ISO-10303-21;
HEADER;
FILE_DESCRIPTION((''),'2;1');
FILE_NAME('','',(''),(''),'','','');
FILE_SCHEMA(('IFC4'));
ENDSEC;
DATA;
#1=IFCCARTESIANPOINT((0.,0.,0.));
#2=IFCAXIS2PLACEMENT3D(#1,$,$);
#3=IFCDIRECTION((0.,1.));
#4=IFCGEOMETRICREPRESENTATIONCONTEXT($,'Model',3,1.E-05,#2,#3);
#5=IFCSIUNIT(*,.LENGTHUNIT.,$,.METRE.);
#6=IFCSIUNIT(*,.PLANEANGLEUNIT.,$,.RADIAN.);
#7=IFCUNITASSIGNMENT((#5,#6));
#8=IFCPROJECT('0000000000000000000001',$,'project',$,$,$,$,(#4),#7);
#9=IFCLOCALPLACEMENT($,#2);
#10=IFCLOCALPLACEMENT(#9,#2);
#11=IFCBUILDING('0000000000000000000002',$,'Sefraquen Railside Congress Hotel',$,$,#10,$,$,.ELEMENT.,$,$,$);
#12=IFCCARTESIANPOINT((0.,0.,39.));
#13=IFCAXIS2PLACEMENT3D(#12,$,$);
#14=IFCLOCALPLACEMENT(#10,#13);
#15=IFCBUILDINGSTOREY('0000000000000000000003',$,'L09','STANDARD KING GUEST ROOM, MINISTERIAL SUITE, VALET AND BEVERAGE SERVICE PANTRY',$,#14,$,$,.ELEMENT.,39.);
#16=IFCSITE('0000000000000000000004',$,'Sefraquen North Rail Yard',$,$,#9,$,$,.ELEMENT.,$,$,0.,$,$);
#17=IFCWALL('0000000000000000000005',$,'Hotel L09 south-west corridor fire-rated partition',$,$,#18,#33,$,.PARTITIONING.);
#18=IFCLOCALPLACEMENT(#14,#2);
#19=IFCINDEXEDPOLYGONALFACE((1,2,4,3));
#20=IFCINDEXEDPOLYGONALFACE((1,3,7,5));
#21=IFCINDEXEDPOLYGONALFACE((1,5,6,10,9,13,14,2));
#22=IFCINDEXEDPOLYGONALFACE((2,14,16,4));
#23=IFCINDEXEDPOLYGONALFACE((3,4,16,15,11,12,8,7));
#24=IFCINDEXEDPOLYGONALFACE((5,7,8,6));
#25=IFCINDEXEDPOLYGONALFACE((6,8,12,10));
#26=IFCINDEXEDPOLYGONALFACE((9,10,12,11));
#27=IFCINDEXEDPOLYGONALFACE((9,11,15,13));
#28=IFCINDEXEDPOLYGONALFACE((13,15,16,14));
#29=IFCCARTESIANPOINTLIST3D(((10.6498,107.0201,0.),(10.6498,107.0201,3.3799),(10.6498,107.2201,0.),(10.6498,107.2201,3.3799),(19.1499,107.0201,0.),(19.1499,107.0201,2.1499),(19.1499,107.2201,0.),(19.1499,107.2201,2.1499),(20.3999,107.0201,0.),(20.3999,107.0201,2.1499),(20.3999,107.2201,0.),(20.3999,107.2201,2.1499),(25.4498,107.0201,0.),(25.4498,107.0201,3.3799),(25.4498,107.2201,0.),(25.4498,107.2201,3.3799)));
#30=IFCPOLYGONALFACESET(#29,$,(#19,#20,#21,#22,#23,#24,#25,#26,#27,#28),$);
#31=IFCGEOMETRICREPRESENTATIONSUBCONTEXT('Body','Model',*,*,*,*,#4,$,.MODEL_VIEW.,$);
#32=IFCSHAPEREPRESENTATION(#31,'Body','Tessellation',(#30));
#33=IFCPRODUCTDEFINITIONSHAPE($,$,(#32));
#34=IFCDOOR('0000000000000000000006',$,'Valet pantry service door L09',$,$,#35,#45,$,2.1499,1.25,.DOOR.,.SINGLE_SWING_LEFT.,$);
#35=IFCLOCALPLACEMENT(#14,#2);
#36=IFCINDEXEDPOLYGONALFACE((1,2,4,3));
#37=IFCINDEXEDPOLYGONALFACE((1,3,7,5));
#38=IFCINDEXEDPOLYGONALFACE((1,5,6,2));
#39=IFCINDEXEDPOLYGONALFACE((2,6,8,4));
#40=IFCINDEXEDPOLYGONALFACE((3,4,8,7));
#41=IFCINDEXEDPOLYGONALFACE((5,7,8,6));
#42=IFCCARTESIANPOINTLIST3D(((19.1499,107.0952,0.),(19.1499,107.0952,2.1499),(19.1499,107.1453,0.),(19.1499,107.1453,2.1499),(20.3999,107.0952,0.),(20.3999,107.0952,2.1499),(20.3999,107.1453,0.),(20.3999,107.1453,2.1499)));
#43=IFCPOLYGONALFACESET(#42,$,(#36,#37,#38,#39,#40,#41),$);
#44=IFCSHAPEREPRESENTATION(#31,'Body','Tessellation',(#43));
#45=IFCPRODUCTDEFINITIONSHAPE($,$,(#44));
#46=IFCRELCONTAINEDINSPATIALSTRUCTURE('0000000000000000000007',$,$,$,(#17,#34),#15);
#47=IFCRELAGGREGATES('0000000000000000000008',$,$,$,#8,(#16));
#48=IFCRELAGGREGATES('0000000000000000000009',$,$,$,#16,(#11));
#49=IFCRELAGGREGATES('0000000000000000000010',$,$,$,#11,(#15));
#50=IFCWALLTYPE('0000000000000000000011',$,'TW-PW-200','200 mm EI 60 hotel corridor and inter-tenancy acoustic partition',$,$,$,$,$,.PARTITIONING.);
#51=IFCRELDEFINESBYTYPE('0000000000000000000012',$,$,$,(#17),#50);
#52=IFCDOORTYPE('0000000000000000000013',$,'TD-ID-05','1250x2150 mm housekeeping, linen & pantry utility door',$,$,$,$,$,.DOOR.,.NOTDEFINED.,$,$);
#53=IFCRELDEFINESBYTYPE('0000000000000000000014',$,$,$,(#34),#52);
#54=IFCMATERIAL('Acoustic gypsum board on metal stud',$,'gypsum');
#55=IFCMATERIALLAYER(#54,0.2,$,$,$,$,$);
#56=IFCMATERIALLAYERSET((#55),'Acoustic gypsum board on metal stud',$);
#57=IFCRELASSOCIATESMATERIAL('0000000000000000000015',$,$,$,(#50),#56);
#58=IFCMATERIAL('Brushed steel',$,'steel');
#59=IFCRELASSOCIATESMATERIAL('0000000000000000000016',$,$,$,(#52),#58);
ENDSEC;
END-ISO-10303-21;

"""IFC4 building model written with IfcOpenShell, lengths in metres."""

from ifc_helpers import new_model, si_unit, direction, frame, frame_2d, origin, place, context, subcontext, project, spatial, rectangle, extrude, material, layer, layer_set, type_object, element, fill, save


model = new_model("IFC4")

# Units and contexts
model_context = context("Model", 3, precision=1e-05, world=origin(), true_north=direction((0.0, 1.0)))
body_context = subcontext(model_context, "Body", "Model", "MODEL_VIEW")
ifc_project = project(units=[si_unit("LENGTHUNIT", "METRE"), si_unit("PLANEANGLEUNIT", "RADIAN")], contexts=[model_context])

# Site, building, storey
site_placement = place(None, origin())
site = spatial("IfcSite", under=ifc_project, at=site_placement, Name="Sefraquen North Rail Yard", CompositionType="ELEMENT", RefElevation=0.0)
building_placement = place(site_placement, origin())
building = spatial("IfcBuilding", under=site, at=building_placement, Name="Sefraquen Railside Congress Hotel", CompositionType="ELEMENT")
storey_placement = place(building_placement, frame((0.0, 0.0, 39.0)))
storey = spatial("IfcBuildingStorey", under=building, at=storey_placement, Name="L09", Description="STANDARD KING GUEST ROOM, MINISTERIAL SUITE, VALET AND BEVERAGE SERVICE PANTRY", CompositionType="ELEMENT", Elevation=39.0)

# Wall, opening, door
ifc_material_1 = material(Name="Acoustic gypsum board on metal stud", Category="gypsum")
ifc_layer = layer(ifc_material_1, 0.2)
ifc_layer_set = layer_set([ifc_layer], Name="Acoustic gypsum board on metal stud")
wall_type = type_object("IfcWallType", Name="TW-PW-200", Description="200 mm EI 60 hotel corridor and inter-tenancy acoustic partition", PredefinedType="PARTITIONING", material=ifc_layer_set)
wall_placement = place(storey_placement, frame((10.6499, 107.1201, 0.0), z_axis=(0.0, 0.0, 1.0), x_axis=(1.0, 0.0, 0.0)))
wall = element("IfcWall", 1, at=wall_placement, inside=storey, type_object=wall_type, Name="Hotel L09 south-west corridor fire-rated partition", PredefinedType="PARTITIONING", context=body_context, shape_type="SweptSolid", body=[
    extrude(rectangle(XDim=14.8, YDim=0.2, at=frame_2d((7.3999, 0.0))), origin(), (0.0, 0.0, 1.0), 3.3799),
])
opening_placement = place(wall_placement, frame((8.5, 0.0, 0.0)))
opening = element("IfcOpeningElement", 2, at=opening_placement, cuts=wall, PredefinedType="OPENING", context=body_context, shape_type="SweptSolid", body=[
    extrude(rectangle(XDim=1.25, YDim=2.1499, at=frame_2d((0.625, 1.075))), frame((0.0, 0.1099, 0.0), z_axis=(0.0, -1.0, 0.0), x_axis=(1.0, 0.0, 0.0)), (0.0, 0.0, 1.0), 0.22),
])
ifc_material_2 = material(Name="Brushed steel", Category="steel")
door_type = type_object("IfcDoorType", Name="TD-ID-05", Description="1250x2150 mm housekeeping, linen & pantry utility door", OperationType="NOTDEFINED", PredefinedType="DOOR", material=ifc_material_2)
door_placement = place(opening_placement, frame((1.25, 0.0, 0.0), z_axis=(0.0, 0.0, 1.0), x_axis=(-1.0, 0.0, 0.0)))
door = element("IfcDoor", 3, at=door_placement, inside=storey, type_object=door_type, Name="Valet pantry service door L09", OperationType="SINGLE_SWING_LEFT", OverallHeight=2.1499, OverallWidth=1.25, PredefinedType="DOOR", context=body_context, shape_type="SweptSolid", body=[
    extrude(rectangle(XDim=1.25, YDim=2.1499, at=frame_2d((0.625, 1.075))), frame((0.0, 0.0249, 0.0), z_axis=(0.0, -1.0, 0.0), x_axis=(1.0, 0.0, 0.0)), (0.0, 0.0, 1.0), 0.05),
])
fill(opening, door)

save(model, "model.ifc")
